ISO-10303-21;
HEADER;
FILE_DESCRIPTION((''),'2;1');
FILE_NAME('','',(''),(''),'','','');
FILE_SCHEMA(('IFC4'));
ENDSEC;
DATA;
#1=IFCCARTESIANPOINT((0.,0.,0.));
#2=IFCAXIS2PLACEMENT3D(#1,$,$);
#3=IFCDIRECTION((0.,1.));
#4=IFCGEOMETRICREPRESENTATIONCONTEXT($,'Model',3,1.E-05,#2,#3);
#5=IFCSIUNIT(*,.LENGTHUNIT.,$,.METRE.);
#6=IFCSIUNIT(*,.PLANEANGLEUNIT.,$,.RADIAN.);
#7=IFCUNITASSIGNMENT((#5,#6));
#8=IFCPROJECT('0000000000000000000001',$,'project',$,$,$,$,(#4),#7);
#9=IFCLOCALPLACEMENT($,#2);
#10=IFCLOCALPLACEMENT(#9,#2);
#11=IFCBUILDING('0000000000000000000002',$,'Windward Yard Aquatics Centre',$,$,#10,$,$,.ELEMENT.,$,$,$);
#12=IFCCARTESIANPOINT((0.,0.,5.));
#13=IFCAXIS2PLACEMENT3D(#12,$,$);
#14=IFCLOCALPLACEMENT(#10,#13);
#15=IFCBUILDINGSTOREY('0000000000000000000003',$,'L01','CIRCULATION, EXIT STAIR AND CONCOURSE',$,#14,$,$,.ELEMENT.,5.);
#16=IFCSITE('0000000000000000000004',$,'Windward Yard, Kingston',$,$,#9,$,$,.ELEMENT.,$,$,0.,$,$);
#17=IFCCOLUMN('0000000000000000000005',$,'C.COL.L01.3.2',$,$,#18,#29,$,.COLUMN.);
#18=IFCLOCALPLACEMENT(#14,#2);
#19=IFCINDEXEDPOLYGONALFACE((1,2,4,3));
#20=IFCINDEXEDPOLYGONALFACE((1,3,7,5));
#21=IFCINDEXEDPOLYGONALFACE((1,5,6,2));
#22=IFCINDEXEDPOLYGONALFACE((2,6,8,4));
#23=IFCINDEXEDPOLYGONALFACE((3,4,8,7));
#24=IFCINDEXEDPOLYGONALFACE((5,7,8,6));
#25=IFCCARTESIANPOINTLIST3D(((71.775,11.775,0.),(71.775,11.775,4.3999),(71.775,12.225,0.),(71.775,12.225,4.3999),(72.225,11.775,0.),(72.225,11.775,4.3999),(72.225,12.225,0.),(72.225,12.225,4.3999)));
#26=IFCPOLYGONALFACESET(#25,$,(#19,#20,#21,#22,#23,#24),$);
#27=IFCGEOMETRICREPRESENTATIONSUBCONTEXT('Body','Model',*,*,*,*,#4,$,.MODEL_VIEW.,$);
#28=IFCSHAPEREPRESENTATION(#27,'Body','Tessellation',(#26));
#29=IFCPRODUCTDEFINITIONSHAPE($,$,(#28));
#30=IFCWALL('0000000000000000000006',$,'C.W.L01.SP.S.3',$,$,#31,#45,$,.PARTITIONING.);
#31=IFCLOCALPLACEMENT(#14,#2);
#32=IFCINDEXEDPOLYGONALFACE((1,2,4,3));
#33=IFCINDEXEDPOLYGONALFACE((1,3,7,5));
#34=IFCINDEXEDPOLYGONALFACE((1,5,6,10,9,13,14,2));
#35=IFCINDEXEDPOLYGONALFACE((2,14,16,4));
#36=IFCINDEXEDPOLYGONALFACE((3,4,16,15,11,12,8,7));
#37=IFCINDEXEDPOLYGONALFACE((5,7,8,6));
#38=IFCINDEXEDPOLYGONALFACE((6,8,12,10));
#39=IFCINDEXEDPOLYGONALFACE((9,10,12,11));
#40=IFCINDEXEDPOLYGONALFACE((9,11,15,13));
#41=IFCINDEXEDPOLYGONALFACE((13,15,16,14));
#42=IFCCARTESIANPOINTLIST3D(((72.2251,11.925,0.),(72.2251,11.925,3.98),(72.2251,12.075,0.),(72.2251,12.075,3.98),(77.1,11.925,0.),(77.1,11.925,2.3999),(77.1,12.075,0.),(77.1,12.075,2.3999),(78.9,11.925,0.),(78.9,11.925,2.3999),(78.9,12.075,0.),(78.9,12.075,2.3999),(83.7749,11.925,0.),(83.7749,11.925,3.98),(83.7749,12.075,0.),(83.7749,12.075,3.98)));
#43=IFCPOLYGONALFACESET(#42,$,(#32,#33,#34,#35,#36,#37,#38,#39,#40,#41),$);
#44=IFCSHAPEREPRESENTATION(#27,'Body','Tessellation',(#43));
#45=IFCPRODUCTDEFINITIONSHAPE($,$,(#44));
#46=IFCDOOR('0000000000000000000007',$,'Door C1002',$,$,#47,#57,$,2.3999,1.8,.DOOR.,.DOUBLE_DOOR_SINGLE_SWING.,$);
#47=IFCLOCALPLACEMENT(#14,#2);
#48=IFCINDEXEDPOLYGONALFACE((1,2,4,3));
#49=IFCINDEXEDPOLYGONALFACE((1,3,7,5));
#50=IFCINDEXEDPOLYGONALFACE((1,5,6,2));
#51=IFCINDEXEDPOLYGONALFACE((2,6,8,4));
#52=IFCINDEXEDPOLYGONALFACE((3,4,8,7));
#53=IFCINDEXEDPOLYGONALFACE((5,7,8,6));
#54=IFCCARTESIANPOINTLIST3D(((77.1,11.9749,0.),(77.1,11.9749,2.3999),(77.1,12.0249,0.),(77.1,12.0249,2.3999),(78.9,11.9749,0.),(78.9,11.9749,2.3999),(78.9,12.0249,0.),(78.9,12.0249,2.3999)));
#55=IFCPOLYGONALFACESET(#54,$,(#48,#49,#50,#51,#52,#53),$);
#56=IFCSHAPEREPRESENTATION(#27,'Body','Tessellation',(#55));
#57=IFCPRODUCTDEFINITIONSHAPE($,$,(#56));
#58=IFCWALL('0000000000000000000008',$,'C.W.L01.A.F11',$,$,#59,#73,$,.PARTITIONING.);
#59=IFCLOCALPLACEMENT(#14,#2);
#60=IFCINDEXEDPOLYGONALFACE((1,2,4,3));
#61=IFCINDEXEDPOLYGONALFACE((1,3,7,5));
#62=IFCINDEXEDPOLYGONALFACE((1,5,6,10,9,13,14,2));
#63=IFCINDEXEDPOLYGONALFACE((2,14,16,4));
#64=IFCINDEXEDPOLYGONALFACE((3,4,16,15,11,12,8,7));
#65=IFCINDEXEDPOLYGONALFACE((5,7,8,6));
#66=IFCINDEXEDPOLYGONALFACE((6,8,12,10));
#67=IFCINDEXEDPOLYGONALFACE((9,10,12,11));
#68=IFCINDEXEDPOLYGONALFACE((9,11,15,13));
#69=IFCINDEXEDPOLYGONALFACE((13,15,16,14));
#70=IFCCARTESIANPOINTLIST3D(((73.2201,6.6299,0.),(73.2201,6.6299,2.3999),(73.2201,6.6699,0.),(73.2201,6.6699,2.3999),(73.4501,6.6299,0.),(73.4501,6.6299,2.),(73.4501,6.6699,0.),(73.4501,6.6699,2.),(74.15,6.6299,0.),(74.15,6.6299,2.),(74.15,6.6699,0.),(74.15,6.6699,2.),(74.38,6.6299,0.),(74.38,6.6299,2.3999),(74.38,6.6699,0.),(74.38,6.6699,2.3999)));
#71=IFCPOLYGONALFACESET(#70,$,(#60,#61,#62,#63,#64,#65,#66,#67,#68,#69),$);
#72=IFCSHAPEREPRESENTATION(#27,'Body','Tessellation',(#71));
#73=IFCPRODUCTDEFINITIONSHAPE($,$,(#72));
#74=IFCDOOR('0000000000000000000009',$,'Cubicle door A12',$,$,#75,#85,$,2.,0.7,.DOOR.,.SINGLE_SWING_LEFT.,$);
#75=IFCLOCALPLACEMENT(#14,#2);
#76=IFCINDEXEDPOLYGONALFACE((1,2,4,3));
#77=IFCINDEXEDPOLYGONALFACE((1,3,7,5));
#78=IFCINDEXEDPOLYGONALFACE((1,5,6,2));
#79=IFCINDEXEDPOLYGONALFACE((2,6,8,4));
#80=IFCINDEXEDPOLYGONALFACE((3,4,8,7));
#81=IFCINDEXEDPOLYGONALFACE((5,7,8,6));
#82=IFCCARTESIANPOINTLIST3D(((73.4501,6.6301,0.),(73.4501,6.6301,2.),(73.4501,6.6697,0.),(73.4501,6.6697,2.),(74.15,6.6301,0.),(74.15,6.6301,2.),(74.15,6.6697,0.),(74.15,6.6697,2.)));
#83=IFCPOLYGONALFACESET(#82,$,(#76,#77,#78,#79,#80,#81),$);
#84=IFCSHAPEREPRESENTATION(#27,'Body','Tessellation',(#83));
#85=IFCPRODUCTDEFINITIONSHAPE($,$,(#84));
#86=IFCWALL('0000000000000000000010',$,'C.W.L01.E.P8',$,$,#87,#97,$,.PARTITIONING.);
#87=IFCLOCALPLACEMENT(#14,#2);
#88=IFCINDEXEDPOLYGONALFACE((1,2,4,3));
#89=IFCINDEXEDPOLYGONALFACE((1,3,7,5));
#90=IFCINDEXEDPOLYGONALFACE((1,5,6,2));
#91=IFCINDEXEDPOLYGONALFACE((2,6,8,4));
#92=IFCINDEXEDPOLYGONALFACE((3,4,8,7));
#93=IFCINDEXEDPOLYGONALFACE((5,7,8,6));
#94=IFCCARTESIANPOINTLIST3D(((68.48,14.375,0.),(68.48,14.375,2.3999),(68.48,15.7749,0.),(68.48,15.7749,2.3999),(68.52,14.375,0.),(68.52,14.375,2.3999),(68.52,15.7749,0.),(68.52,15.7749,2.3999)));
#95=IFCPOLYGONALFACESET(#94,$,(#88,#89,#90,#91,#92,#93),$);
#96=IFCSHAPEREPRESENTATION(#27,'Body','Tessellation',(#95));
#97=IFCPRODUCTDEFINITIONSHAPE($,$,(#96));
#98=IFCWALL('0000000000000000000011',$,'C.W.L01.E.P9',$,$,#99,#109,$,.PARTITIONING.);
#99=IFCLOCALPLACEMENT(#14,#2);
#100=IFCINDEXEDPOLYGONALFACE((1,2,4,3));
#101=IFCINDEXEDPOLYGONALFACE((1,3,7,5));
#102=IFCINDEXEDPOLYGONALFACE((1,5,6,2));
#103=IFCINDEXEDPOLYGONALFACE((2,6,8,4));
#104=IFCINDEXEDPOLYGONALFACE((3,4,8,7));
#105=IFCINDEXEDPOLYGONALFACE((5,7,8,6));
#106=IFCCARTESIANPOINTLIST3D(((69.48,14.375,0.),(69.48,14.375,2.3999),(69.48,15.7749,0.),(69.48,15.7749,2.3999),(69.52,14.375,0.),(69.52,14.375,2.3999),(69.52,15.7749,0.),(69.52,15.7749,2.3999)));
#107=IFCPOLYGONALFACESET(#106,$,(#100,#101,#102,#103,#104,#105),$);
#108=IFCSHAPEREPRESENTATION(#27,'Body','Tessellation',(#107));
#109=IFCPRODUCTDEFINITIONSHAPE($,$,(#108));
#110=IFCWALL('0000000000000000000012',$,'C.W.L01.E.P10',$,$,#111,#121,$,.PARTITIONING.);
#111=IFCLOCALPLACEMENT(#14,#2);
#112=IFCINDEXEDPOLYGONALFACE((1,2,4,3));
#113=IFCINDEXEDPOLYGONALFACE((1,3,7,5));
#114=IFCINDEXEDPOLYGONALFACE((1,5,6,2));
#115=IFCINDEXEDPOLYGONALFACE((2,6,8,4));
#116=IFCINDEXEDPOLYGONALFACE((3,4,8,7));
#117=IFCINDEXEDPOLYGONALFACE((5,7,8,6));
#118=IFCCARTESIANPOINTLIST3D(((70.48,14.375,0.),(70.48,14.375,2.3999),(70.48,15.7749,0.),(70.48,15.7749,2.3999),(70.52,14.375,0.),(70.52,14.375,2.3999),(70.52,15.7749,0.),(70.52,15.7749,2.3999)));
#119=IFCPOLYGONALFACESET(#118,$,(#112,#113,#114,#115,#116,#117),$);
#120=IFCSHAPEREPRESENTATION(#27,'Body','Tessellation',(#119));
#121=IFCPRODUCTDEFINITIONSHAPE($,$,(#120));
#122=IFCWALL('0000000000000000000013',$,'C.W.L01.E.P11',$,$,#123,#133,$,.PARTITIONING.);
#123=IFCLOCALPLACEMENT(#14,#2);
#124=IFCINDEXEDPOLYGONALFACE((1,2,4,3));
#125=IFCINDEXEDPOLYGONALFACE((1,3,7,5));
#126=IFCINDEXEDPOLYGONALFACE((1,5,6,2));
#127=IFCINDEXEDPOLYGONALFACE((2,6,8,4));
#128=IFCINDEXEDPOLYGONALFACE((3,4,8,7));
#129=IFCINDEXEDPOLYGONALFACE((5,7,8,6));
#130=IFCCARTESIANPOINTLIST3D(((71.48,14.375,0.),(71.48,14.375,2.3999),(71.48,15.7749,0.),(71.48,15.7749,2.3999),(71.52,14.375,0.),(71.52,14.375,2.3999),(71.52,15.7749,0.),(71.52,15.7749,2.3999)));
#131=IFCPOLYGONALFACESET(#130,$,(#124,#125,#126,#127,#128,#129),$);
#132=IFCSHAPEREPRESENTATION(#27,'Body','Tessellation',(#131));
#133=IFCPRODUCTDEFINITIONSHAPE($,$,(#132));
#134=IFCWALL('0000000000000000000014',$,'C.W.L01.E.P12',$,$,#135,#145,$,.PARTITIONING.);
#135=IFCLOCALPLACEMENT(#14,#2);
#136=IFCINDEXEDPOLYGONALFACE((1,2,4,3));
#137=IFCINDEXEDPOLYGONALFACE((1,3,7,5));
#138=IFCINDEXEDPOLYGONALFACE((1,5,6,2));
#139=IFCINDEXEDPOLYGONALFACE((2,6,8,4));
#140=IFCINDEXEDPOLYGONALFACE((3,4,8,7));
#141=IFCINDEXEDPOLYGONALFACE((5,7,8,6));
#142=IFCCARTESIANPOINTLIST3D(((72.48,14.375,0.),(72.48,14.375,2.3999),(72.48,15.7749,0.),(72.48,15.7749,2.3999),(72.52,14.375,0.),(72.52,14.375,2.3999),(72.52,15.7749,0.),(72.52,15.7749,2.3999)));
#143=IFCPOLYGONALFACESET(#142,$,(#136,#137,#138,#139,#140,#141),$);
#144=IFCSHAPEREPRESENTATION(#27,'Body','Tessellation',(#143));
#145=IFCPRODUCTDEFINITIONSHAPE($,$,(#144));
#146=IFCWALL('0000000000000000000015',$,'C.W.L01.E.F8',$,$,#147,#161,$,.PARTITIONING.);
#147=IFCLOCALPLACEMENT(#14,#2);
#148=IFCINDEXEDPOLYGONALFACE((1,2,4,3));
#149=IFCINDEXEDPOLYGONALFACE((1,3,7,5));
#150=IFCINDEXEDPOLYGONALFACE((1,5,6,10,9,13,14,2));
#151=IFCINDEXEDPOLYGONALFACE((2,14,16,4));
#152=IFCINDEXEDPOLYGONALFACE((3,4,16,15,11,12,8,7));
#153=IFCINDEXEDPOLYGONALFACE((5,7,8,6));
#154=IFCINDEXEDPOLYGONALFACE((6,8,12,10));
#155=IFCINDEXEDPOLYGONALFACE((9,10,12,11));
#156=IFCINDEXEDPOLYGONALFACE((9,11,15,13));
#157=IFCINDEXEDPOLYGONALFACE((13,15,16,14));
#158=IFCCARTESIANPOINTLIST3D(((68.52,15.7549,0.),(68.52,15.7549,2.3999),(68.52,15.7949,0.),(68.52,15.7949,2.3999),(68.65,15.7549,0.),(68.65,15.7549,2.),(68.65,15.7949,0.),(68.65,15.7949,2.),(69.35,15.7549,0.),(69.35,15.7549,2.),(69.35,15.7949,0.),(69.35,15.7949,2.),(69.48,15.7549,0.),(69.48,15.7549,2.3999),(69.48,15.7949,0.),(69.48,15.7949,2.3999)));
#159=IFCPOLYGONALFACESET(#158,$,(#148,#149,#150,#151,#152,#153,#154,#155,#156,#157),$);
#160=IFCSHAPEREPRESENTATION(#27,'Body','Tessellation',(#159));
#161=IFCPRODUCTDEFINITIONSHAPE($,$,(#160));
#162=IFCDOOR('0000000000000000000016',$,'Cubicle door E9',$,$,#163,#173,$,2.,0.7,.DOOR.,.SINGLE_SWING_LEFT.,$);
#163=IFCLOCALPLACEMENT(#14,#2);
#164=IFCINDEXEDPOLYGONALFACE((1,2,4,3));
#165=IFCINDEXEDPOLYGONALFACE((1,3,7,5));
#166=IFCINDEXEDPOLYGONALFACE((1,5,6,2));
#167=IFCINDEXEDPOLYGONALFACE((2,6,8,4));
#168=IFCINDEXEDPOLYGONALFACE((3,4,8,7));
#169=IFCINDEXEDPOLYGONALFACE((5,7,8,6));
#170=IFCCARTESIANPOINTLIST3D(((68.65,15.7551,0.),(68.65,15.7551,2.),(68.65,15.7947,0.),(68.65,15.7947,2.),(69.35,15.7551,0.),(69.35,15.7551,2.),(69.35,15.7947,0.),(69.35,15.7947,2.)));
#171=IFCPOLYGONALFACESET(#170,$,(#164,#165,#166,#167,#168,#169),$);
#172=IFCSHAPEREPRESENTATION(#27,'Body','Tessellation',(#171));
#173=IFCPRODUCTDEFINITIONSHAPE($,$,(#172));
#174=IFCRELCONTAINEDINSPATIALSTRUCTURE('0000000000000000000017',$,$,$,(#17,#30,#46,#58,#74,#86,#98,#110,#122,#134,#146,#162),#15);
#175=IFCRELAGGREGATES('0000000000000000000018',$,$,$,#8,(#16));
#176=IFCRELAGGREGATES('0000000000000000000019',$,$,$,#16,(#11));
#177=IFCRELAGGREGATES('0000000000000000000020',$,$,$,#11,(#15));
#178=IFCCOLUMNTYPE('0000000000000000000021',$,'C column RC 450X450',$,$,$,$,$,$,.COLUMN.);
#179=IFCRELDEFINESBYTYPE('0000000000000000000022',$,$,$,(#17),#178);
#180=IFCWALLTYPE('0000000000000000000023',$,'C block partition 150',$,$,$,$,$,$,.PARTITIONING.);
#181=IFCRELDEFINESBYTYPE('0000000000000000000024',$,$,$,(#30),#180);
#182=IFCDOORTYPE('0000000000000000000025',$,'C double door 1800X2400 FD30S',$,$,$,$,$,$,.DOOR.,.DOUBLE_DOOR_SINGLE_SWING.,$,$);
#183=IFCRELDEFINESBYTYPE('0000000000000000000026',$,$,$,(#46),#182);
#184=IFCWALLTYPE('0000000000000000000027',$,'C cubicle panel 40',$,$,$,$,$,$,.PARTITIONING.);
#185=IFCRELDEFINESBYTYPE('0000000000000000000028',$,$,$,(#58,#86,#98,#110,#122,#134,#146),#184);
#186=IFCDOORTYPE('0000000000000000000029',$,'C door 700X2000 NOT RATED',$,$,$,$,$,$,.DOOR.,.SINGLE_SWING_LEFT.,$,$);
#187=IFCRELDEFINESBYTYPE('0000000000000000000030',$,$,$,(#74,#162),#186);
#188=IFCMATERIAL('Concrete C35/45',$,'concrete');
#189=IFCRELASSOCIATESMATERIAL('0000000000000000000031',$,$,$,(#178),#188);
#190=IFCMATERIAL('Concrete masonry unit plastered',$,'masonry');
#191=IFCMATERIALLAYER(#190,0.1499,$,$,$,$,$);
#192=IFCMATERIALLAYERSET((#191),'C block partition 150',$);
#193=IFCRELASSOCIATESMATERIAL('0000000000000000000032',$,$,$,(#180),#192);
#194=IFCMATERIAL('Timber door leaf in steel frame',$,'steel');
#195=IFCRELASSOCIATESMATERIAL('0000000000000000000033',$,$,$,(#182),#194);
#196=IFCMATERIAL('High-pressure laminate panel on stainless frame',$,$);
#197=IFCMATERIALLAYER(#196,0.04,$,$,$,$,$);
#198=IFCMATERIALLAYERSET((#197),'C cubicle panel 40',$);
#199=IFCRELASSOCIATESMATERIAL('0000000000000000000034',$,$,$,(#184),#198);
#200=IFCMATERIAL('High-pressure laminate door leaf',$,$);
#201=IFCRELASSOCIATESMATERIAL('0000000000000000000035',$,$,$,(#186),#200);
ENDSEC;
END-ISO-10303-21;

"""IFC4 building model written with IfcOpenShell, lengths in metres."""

from ifc_helpers import new_model, si_unit, direction, frame, frame_2d, origin, origin_2d, place, context, subcontext, project, spatial, rectangle, extrude, material, layer, layer_set, material_profile, profile_set, type_object, element, fill, save


model = new_model("IFC4")

# Units and contexts
model_context = context("Model", 3, precision=1e-05, world=origin(), true_north=direction((0.0, 1.0)))
body_context = subcontext(model_context, "Body", "Model", "MODEL_VIEW")
ifc_project = project(units=[si_unit("LENGTHUNIT", "METRE"), si_unit("PLANEANGLEUNIT", "RADIAN")], contexts=[model_context])

# Site, building, storey
site_placement = place(None, origin())
site = spatial("IfcSite", under=ifc_project, at=site_placement, Name="Windward Yard, Kingston", CompositionType="ELEMENT", RefElevation=0.0)
building_placement = place(site_placement, origin())
building = spatial("IfcBuilding", under=site, at=building_placement, Name="Windward Yard Aquatics Centre", CompositionType="ELEMENT")
storey_placement = place(building_placement, frame((0.0, 0.0, 5.0)))
storey = spatial("IfcBuildingStorey", under=building, at=storey_placement, Name="L01", Description="CIRCULATION, EXIT STAIR AND CONCOURSE", CompositionType="ELEMENT", Elevation=5.0)

# Column
ifc_material_1 = material(Name="Concrete C35/45", Category="concrete")
ifc_material_profile = material_profile(ifc_material_1, rectangle(XDim=0.45, YDim=0.45, at=origin_2d()), Name="RC 450X450")
ifc_profile_set = profile_set([ifc_material_profile], Name="Concrete C35/45")
column_type = type_object("IfcColumnType", Name="C column RC 450X450", PredefinedType="COLUMN", material=ifc_profile_set)
column_placement = place(storey_placement, frame((72.0, 12.0, 0.0), z_axis=(0.0, 0.0, 1.0), x_axis=(1.0, 0.0, 0.0)))
element("IfcColumn", 1, at=column_placement, inside=storey, type_object=column_type, Name="C.COL.L01.3.2", PredefinedType="COLUMN", context=body_context, shape_type="SweptSolid", body=[
    extrude(rectangle(XDim=0.45, YDim=0.45, at=origin_2d()), origin(), (0.0, 0.0, 1.0), 4.3999),
])

# Walls, openings, doors
ifc_material_2 = material(Name="Concrete masonry unit plastered", Category="masonry")
ifc_layer_1 = layer(ifc_material_2, 0.1499)
ifc_layer_set_1 = layer_set([ifc_layer_1], Name="C block partition 150")
wall_type_1 = type_object("IfcWallType", Name="C block partition 150", PredefinedType="PARTITIONING", material=ifc_layer_set_1)
wall_1_placement = place(storey_placement, frame((72.2251, 12.0, 0.0), z_axis=(0.0, 0.0, 1.0), x_axis=(1.0, 0.0, 0.0)))
wall_1 = element("IfcWall", 2, at=wall_1_placement, inside=storey, type_object=wall_type_1, Name="C.W.L01.SP.S.3", PredefinedType="PARTITIONING", context=body_context, shape_type="SweptSolid", body=[
    extrude(rectangle(XDim=11.5498, YDim=0.1499, at=frame_2d((5.7749, 0.0))), origin(), (0.0, 0.0, 1.0), 3.98),
])
opening_1_placement = place(wall_1_placement, frame((4.875, 0.0, 0.0)))
opening_1 = element("IfcOpeningElement", 3, at=opening_1_placement, cuts=wall_1, PredefinedType="OPENING", context=body_context, shape_type="SweptSolid", body=[
    extrude(rectangle(XDim=1.8, YDim=2.3999, at=frame_2d((0.8999, 1.2))), frame((0.0, 0.085, 0.0), z_axis=(0.0, -1.0, 0.0), x_axis=(1.0, 0.0, 0.0)), (0.0, 0.0, 1.0), 0.1699),
])
ifc_material_3 = material(Name="Timber door leaf in steel frame", Category="steel")
door_type_1 = type_object("IfcDoorType", Name="C double door 1800X2400 FD30S", OperationType="DOUBLE_DOOR_SINGLE_SWING", PredefinedType="DOOR", material=ifc_material_3)
door_1_placement = place(opening_1_placement, origin())
door_1 = element("IfcDoor", 4, at=door_1_placement, inside=storey, type_object=door_type_1, Name="Door C1002", OperationType="DOUBLE_DOOR_SINGLE_SWING", OverallHeight=2.3999, OverallWidth=1.8, PredefinedType="DOOR", context=body_context, shape_type="SweptSolid", body=[
    extrude(rectangle(XDim=1.8, YDim=2.3999, at=frame_2d((0.8999, 1.2))), frame((0.0, 0.0249, 0.0), z_axis=(0.0, -1.0, 0.0), x_axis=(1.0, 0.0, 0.0)), (0.0, 0.0, 1.0), 0.05),
])
fill(opening_1, door_1)
ifc_material_4 = material(Name="High-pressure laminate panel on stainless frame")
ifc_layer_2 = layer(ifc_material_4, 0.04)
ifc_layer_set_2 = layer_set([ifc_layer_2], Name="C cubicle panel 40")
wall_type_2 = type_object("IfcWallType", Name="C cubicle panel 40", PredefinedType="PARTITIONING", material=ifc_layer_set_2)
wall_2_placement = place(storey_placement, frame((73.22, 6.6499, 0.0), z_axis=(0.0, 0.0, 1.0), x_axis=(1.0, 0.0, 0.0)))
wall_2 = element("IfcWall", 5, at=wall_2_placement, inside=storey, type_object=wall_type_2, Name="C.W.L01.A.F11", PredefinedType="PARTITIONING", context=body_context, shape_type="SweptSolid", body=[
    extrude(rectangle(XDim=1.1599, YDim=0.04, at=frame_2d((0.5801, 0.0))), origin(), (0.0, 0.0, 1.0), 2.3999),
])
opening_2_placement = place(wall_2_placement, frame((0.23, 0.0, 0.0)))
opening_2 = element("IfcOpeningElement", 6, at=opening_2_placement, cuts=wall_2, PredefinedType="OPENING", context=body_context, shape_type="SweptSolid", body=[
    extrude(rectangle(XDim=0.7, YDim=2.0, at=frame_2d((0.3501, 1.0))), frame((0.0, 0.03, 0.0), z_axis=(0.0, -1.0, 0.0), x_axis=(1.0, 0.0, 0.0)), (0.0, 0.0, 1.0), 0.0601),
])
ifc_material_5 = material(Name="High-pressure laminate door leaf")
door_type_2 = type_object("IfcDoorType", Name="C door 700X2000 NOT RATED", OperationType="SINGLE_SWING_LEFT", PredefinedType="DOOR", material=ifc_material_5)
door_2_placement = place(opening_2_placement, origin())
door_2 = element("IfcDoor", 7, at=door_2_placement, inside=storey, type_object=door_type_2, Name="Cubicle door A12", OperationType="SINGLE_SWING_LEFT", OverallHeight=2.0, OverallWidth=0.7, PredefinedType="DOOR", context=body_context, shape_type="SweptSolid", body=[
    extrude(rectangle(XDim=0.7, YDim=2.0, at=frame_2d((0.3501, 1.0))), frame((0.0, 0.0198, 0.0), z_axis=(0.0, -1.0, 0.0), x_axis=(1.0, 0.0, 0.0)), (0.0, 0.0, 1.0), 0.0396),
])
fill(opening_2, door_2)

# Walls
for number, where, z_axis, x_axis, name in (
    (8, (68.5, 14.375, 0.0), (0.0, 0.0, 1.0), (0.0, 1.0, 0.0), "C.W.L01.E.P8"),
    (9, (69.5, 14.375, 0.0), (0.0, 0.0, 1.0), (0.0, 1.0, 0.0), "C.W.L01.E.P9"),
    (10, (70.5, 14.375, 0.0), (0.0, 0.0, 1.0), (0.0, 1.0, 0.0), "C.W.L01.E.P10"),
    (11, (71.5, 14.375, 0.0), (0.0, 0.0, 1.0), (0.0, 1.0, 0.0), "C.W.L01.E.P11"),
    (12, (72.5, 14.375, 0.0), (0.0, 0.0, 1.0), (0.0, 1.0, 0.0), "C.W.L01.E.P12"),
):
    element("IfcWall", number, at=place(storey_placement, frame(where, z_axis=z_axis, x_axis=x_axis)), inside=storey, type_object=wall_type_2, Name=name, PredefinedType="PARTITIONING", context=body_context, shape_type="SweptSolid", body=[
        extrude(rectangle(XDim=1.3999, YDim=0.04, at=frame_2d((0.7, 0.0))), origin(), (0.0, 0.0, 1.0), 2.3999),
    ])

# Wall, opening, door
wall_3_placement = place(storey_placement, frame((68.52, 15.7749, 0.0), z_axis=(0.0, 0.0, 1.0), x_axis=(1.0, 0.0, 0.0)))
wall_3 = element("IfcWall", 13, at=wall_3_placement, inside=storey, type_object=wall_type_2, Name="C.W.L01.E.F8", PredefinedType="PARTITIONING", context=body_context, shape_type="SweptSolid", body=[
    extrude(rectangle(XDim=0.96, YDim=0.04, at=frame_2d((0.48, 0.0))), origin(), (0.0, 0.0, 1.0), 2.3999),
])
opening_3_placement = place(wall_3_placement, frame((0.1299, 0.0, 0.0)))
opening_3 = element("IfcOpeningElement", 14, at=opening_3_placement, cuts=wall_3, PredefinedType="OPENING", context=body_context, shape_type="SweptSolid", body=[
    extrude(rectangle(XDim=0.7, YDim=2.0, at=frame_2d((0.3501, 1.0))), frame((0.0, 0.03, 0.0), z_axis=(0.0, -1.0, 0.0), x_axis=(1.0, 0.0, 0.0)), (0.0, 0.0, 1.0), 0.0601),
])
door_3_placement = place(opening_3_placement, origin())
door_3 = element("IfcDoor", 15, at=door_3_placement, inside=storey, type_object=door_type_2, Name="Cubicle door E9", OperationType="SINGLE_SWING_LEFT", OverallHeight=2.0, OverallWidth=0.7, PredefinedType="DOOR", context=body_context, shape_type="SweptSolid", body=[
    extrude(rectangle(XDim=0.7, YDim=2.0, at=frame_2d((0.3501, 1.0))), frame((0.0, 0.0198, 0.0), z_axis=(0.0, -1.0, 0.0), x_axis=(1.0, 0.0, 0.0)), (0.0, 0.0, 1.0), 0.0396),
])
fill(opening_3, door_3)

save(model, "model.ifc")
